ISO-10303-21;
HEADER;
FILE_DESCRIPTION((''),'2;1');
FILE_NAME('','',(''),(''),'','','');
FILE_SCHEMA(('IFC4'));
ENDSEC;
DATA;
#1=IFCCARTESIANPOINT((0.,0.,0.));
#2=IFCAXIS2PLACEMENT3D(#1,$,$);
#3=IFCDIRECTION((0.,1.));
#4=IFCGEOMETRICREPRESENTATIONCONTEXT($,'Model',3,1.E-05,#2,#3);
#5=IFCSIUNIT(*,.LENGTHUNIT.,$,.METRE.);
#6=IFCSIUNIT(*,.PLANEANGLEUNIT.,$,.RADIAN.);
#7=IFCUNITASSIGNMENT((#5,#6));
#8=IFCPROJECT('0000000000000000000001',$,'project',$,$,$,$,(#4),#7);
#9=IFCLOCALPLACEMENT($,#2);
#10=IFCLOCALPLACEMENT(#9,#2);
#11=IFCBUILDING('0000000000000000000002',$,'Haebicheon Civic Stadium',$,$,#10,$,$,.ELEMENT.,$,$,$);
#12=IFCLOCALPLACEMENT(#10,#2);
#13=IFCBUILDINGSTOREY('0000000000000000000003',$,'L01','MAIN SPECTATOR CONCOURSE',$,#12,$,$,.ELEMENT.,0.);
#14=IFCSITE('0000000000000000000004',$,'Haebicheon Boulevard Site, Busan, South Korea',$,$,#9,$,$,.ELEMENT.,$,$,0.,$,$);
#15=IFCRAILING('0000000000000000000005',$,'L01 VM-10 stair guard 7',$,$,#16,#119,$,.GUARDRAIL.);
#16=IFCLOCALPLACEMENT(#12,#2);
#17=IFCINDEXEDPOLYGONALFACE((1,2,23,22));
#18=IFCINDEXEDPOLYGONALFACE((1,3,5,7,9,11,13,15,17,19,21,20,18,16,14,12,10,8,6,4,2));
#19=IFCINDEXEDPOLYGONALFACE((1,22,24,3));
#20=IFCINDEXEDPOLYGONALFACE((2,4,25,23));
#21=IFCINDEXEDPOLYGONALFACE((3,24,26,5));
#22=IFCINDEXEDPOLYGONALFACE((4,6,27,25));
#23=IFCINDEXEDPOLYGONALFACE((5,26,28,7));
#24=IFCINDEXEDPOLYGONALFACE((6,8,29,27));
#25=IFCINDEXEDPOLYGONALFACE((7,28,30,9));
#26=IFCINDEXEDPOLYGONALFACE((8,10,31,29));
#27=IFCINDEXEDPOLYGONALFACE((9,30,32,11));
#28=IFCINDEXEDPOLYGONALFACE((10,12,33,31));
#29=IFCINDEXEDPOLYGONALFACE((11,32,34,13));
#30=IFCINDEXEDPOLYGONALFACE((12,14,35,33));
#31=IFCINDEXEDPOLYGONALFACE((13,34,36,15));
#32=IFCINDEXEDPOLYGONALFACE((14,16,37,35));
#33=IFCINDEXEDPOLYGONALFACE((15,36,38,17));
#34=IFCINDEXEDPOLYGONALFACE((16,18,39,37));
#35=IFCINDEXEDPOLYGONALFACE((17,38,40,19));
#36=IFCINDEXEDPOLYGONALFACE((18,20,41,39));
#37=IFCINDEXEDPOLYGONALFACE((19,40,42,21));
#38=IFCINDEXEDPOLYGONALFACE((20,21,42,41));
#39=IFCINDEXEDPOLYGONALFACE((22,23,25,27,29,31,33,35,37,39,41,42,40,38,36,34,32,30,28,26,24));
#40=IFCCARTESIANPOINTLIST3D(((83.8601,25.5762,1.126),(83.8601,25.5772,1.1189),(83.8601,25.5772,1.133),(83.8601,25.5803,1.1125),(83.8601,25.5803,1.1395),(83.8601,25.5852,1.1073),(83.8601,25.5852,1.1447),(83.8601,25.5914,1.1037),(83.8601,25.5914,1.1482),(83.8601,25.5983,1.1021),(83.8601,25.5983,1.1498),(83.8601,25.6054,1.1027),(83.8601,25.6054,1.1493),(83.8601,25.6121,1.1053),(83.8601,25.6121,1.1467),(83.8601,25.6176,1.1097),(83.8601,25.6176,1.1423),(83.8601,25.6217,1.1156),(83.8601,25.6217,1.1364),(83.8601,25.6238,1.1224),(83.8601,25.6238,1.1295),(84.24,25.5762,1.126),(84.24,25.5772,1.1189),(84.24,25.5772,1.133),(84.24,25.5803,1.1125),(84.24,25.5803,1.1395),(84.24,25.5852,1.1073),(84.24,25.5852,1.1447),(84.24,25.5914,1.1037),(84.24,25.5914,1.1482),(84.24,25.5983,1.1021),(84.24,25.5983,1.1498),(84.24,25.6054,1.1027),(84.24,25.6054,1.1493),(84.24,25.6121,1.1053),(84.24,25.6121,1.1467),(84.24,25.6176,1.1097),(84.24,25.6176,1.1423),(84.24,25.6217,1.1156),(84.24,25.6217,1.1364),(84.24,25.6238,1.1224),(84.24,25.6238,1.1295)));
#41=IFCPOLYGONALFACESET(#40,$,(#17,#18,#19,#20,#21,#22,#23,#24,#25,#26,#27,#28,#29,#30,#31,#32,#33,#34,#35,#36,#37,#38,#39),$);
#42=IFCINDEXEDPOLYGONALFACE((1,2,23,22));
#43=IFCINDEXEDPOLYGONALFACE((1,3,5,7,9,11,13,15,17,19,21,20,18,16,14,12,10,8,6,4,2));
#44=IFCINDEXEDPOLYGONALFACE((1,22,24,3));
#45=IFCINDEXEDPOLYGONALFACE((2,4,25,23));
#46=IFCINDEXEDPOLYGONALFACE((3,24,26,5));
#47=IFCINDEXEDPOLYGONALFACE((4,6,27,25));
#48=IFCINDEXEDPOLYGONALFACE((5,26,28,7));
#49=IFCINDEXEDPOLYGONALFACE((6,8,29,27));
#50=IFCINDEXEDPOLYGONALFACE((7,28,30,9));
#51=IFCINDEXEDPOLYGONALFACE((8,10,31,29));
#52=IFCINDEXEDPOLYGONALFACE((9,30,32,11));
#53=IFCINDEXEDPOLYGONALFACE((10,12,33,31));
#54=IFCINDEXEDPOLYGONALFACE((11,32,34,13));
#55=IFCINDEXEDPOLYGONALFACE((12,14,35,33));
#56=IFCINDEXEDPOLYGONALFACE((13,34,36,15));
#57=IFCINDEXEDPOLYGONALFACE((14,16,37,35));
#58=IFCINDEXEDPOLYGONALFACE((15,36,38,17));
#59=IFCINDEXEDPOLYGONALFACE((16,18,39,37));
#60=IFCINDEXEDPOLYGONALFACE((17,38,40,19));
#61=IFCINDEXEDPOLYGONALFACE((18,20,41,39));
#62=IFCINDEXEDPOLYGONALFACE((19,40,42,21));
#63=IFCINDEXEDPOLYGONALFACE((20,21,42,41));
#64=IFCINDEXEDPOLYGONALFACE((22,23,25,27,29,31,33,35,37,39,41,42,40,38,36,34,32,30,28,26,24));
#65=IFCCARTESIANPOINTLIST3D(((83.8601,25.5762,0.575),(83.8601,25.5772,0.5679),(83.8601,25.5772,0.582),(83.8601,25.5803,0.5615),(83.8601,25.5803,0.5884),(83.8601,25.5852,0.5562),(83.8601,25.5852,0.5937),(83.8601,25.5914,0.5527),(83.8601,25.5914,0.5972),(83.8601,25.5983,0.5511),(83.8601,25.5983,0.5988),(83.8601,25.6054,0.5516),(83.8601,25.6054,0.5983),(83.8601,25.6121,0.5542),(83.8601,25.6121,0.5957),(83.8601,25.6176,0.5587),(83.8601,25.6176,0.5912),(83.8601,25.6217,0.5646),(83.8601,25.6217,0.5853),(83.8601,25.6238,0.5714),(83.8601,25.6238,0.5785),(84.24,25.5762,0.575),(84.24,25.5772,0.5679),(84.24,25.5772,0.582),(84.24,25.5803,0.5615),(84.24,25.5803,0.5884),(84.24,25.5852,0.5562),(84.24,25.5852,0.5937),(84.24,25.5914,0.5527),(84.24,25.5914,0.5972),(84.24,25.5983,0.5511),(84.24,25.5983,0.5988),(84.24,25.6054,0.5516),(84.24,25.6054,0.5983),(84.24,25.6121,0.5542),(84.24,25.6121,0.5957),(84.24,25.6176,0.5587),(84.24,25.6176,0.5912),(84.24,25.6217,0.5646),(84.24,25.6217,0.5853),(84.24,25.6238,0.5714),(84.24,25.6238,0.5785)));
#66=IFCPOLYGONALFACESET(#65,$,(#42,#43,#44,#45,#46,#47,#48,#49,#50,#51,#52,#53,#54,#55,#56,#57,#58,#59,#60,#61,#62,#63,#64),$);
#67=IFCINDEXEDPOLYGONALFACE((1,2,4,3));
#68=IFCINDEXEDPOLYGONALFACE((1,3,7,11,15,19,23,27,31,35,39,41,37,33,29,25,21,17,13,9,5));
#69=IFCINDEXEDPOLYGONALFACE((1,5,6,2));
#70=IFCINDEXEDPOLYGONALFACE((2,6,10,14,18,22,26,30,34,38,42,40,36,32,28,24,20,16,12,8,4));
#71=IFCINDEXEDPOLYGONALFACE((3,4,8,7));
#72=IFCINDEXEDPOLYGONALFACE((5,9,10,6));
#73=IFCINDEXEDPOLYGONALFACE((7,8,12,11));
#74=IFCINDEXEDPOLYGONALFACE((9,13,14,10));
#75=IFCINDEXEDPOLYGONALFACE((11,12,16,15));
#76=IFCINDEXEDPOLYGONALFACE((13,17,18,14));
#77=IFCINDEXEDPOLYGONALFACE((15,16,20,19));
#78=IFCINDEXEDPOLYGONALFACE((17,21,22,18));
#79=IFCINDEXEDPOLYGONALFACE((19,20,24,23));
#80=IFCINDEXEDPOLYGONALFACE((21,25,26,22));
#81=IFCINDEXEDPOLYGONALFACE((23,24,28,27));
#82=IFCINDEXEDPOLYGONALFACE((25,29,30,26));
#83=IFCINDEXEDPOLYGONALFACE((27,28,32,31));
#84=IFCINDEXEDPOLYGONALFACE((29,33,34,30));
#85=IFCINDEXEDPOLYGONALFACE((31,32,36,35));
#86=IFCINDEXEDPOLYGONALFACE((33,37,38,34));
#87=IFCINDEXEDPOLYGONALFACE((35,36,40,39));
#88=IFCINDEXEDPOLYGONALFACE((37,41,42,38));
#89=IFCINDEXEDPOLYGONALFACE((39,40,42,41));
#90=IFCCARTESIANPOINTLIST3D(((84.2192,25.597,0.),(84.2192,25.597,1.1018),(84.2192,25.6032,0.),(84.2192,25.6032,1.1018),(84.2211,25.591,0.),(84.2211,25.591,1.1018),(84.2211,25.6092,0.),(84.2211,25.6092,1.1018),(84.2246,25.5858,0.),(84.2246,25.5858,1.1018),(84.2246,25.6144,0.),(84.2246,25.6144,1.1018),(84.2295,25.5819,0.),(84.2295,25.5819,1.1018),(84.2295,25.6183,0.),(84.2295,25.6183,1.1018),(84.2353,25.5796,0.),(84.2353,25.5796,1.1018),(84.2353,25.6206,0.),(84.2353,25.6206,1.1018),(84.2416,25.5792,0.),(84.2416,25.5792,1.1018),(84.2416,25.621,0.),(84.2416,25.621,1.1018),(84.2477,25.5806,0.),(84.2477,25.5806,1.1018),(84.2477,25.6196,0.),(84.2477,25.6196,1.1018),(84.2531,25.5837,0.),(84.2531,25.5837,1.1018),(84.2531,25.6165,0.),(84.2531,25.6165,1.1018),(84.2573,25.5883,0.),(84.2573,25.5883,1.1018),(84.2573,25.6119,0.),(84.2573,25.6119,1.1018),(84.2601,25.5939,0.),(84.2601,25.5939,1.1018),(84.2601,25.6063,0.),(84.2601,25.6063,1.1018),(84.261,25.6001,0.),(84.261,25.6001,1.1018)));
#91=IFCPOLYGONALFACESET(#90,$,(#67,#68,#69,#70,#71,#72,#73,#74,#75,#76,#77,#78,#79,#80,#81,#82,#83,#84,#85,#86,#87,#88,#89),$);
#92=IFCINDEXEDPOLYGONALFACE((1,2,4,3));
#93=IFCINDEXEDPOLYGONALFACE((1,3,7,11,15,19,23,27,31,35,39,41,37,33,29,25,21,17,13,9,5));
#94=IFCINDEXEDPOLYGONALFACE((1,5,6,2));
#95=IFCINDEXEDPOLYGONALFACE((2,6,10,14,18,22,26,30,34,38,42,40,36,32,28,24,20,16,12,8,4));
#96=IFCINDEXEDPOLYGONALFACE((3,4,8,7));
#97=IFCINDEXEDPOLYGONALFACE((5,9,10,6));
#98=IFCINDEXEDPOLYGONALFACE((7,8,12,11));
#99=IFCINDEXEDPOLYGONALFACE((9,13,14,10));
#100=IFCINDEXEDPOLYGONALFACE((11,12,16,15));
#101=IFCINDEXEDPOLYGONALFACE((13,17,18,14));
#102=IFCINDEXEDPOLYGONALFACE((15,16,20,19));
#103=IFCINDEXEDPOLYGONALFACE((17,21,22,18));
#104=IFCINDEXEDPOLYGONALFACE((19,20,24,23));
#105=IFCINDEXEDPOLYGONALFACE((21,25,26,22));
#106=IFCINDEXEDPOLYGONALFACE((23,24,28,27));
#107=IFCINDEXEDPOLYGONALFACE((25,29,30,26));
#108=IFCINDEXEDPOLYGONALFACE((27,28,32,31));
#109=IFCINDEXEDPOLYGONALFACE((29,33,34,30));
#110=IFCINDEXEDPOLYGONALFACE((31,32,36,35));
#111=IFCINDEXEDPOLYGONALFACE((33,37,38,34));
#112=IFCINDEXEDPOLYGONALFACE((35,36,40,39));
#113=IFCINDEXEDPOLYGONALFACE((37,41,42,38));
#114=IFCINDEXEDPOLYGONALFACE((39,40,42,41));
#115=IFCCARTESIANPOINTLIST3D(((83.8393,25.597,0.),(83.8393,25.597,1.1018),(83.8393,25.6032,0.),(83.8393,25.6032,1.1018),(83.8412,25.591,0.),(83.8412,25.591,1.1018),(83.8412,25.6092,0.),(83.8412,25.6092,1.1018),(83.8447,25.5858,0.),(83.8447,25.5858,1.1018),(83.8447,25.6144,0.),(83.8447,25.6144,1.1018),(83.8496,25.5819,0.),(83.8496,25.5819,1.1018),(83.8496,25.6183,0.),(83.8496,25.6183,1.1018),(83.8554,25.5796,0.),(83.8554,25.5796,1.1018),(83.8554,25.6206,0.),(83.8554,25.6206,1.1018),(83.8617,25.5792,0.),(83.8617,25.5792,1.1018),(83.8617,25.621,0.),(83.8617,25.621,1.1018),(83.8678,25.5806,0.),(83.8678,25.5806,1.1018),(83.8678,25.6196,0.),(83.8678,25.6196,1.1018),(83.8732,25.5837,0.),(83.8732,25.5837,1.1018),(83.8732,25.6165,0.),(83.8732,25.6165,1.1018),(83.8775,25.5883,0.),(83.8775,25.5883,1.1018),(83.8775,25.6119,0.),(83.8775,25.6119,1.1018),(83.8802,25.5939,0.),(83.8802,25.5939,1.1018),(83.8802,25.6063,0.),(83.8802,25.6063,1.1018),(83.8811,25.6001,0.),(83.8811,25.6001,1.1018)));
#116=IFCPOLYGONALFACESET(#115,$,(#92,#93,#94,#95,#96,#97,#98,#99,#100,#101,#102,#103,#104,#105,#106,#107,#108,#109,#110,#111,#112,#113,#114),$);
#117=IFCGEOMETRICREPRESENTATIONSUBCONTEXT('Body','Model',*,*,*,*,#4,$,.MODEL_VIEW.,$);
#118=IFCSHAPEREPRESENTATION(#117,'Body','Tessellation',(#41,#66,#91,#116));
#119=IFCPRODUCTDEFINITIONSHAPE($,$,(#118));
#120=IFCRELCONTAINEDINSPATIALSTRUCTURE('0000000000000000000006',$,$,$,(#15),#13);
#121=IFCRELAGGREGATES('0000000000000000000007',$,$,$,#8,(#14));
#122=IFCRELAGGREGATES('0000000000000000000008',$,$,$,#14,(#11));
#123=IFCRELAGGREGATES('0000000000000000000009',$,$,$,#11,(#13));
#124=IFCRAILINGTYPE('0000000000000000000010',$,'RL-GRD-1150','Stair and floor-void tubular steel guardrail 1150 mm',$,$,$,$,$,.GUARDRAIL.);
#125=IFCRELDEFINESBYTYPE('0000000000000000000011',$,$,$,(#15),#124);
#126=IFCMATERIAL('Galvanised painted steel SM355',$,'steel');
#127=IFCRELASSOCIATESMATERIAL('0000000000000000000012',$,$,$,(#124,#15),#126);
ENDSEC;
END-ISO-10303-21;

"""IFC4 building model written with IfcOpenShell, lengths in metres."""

from ifc_helpers import new_model, si_unit, direction, frame, origin, origin_2d, place, context, subcontext, project, spatial, circle, extrude, material, type_object, element, save


model = new_model("IFC4")

# Units and contexts
model_context = context("Model", 3, precision=1e-05, world=origin(), true_north=direction((0.0, 1.0)))
body_context = subcontext(model_context, "Body", "Model", "MODEL_VIEW")
ifc_project = project(units=[si_unit("LENGTHUNIT", "METRE"), si_unit("PLANEANGLEUNIT", "RADIAN")], contexts=[model_context])

# Site, building, storey
site_placement = place(None, origin())
site = spatial("IfcSite", under=ifc_project, at=site_placement, Name="Haebicheon Boulevard Site, Busan, South Korea", CompositionType="ELEMENT", RefElevation=0.0)
building_placement = place(site_placement, origin())
building = spatial("IfcBuilding", under=site, at=building_placement, Name="Haebicheon Civic Stadium", CompositionType="ELEMENT")
storey_placement = place(building_placement, origin())
storey = spatial("IfcBuildingStorey", under=building, at=storey_placement, Name="L01", Description="MAIN SPECTATOR CONCOURSE", CompositionType="ELEMENT", Elevation=0.0)

# Railing
ifc_material_1 = material(Name="Galvanised painted steel SM355", Category="steel")
railing_type_1 = type_object("IfcRailingType", Name="RL-GRD-1150", Description="Stair and floor-void tubular steel guardrail 1150 mm", PredefinedType="GUARDRAIL", material=ifc_material_1)
railing_1_placement = place(storey_placement, frame((84.24, 25.6001, 0.0)))
element("IfcRailing", 1, at=railing_1_placement, inside=storey, type_object=railing_type_1, material=ifc_material_1, Name="L01 VM-10 stair guard 7", PredefinedType="GUARDRAIL", context=body_context, shape_type="SweptSolid", body=[
    extrude(circle(Radius=0.0239, at=origin_2d()), frame((0.0, 0.0, 1.126), z_axis=(-1.0, 0.0, 0.0), x_axis=(0.0, -1.0, 0.0)), (0.0, 0.0, 1.0), 0.3799),
    extrude(circle(Radius=0.0239, at=origin_2d()), frame((0.0, 0.0, 0.575), z_axis=(-1.0, 0.0, 0.0), x_axis=(0.0, -1.0, 0.0)), (0.0, 0.0, 1.0), 0.3799),
    extrude(circle(Radius=0.021, at=origin_2d()), origin(), (0.0, 0.0, 1.0), 1.1018),
    extrude(circle(Radius=0.021, at=origin_2d()), frame((-0.3799, 0.0, 0.0)), (0.0, 0.0, 1.0), 1.1018),
])

save(model, "model.ifc")
